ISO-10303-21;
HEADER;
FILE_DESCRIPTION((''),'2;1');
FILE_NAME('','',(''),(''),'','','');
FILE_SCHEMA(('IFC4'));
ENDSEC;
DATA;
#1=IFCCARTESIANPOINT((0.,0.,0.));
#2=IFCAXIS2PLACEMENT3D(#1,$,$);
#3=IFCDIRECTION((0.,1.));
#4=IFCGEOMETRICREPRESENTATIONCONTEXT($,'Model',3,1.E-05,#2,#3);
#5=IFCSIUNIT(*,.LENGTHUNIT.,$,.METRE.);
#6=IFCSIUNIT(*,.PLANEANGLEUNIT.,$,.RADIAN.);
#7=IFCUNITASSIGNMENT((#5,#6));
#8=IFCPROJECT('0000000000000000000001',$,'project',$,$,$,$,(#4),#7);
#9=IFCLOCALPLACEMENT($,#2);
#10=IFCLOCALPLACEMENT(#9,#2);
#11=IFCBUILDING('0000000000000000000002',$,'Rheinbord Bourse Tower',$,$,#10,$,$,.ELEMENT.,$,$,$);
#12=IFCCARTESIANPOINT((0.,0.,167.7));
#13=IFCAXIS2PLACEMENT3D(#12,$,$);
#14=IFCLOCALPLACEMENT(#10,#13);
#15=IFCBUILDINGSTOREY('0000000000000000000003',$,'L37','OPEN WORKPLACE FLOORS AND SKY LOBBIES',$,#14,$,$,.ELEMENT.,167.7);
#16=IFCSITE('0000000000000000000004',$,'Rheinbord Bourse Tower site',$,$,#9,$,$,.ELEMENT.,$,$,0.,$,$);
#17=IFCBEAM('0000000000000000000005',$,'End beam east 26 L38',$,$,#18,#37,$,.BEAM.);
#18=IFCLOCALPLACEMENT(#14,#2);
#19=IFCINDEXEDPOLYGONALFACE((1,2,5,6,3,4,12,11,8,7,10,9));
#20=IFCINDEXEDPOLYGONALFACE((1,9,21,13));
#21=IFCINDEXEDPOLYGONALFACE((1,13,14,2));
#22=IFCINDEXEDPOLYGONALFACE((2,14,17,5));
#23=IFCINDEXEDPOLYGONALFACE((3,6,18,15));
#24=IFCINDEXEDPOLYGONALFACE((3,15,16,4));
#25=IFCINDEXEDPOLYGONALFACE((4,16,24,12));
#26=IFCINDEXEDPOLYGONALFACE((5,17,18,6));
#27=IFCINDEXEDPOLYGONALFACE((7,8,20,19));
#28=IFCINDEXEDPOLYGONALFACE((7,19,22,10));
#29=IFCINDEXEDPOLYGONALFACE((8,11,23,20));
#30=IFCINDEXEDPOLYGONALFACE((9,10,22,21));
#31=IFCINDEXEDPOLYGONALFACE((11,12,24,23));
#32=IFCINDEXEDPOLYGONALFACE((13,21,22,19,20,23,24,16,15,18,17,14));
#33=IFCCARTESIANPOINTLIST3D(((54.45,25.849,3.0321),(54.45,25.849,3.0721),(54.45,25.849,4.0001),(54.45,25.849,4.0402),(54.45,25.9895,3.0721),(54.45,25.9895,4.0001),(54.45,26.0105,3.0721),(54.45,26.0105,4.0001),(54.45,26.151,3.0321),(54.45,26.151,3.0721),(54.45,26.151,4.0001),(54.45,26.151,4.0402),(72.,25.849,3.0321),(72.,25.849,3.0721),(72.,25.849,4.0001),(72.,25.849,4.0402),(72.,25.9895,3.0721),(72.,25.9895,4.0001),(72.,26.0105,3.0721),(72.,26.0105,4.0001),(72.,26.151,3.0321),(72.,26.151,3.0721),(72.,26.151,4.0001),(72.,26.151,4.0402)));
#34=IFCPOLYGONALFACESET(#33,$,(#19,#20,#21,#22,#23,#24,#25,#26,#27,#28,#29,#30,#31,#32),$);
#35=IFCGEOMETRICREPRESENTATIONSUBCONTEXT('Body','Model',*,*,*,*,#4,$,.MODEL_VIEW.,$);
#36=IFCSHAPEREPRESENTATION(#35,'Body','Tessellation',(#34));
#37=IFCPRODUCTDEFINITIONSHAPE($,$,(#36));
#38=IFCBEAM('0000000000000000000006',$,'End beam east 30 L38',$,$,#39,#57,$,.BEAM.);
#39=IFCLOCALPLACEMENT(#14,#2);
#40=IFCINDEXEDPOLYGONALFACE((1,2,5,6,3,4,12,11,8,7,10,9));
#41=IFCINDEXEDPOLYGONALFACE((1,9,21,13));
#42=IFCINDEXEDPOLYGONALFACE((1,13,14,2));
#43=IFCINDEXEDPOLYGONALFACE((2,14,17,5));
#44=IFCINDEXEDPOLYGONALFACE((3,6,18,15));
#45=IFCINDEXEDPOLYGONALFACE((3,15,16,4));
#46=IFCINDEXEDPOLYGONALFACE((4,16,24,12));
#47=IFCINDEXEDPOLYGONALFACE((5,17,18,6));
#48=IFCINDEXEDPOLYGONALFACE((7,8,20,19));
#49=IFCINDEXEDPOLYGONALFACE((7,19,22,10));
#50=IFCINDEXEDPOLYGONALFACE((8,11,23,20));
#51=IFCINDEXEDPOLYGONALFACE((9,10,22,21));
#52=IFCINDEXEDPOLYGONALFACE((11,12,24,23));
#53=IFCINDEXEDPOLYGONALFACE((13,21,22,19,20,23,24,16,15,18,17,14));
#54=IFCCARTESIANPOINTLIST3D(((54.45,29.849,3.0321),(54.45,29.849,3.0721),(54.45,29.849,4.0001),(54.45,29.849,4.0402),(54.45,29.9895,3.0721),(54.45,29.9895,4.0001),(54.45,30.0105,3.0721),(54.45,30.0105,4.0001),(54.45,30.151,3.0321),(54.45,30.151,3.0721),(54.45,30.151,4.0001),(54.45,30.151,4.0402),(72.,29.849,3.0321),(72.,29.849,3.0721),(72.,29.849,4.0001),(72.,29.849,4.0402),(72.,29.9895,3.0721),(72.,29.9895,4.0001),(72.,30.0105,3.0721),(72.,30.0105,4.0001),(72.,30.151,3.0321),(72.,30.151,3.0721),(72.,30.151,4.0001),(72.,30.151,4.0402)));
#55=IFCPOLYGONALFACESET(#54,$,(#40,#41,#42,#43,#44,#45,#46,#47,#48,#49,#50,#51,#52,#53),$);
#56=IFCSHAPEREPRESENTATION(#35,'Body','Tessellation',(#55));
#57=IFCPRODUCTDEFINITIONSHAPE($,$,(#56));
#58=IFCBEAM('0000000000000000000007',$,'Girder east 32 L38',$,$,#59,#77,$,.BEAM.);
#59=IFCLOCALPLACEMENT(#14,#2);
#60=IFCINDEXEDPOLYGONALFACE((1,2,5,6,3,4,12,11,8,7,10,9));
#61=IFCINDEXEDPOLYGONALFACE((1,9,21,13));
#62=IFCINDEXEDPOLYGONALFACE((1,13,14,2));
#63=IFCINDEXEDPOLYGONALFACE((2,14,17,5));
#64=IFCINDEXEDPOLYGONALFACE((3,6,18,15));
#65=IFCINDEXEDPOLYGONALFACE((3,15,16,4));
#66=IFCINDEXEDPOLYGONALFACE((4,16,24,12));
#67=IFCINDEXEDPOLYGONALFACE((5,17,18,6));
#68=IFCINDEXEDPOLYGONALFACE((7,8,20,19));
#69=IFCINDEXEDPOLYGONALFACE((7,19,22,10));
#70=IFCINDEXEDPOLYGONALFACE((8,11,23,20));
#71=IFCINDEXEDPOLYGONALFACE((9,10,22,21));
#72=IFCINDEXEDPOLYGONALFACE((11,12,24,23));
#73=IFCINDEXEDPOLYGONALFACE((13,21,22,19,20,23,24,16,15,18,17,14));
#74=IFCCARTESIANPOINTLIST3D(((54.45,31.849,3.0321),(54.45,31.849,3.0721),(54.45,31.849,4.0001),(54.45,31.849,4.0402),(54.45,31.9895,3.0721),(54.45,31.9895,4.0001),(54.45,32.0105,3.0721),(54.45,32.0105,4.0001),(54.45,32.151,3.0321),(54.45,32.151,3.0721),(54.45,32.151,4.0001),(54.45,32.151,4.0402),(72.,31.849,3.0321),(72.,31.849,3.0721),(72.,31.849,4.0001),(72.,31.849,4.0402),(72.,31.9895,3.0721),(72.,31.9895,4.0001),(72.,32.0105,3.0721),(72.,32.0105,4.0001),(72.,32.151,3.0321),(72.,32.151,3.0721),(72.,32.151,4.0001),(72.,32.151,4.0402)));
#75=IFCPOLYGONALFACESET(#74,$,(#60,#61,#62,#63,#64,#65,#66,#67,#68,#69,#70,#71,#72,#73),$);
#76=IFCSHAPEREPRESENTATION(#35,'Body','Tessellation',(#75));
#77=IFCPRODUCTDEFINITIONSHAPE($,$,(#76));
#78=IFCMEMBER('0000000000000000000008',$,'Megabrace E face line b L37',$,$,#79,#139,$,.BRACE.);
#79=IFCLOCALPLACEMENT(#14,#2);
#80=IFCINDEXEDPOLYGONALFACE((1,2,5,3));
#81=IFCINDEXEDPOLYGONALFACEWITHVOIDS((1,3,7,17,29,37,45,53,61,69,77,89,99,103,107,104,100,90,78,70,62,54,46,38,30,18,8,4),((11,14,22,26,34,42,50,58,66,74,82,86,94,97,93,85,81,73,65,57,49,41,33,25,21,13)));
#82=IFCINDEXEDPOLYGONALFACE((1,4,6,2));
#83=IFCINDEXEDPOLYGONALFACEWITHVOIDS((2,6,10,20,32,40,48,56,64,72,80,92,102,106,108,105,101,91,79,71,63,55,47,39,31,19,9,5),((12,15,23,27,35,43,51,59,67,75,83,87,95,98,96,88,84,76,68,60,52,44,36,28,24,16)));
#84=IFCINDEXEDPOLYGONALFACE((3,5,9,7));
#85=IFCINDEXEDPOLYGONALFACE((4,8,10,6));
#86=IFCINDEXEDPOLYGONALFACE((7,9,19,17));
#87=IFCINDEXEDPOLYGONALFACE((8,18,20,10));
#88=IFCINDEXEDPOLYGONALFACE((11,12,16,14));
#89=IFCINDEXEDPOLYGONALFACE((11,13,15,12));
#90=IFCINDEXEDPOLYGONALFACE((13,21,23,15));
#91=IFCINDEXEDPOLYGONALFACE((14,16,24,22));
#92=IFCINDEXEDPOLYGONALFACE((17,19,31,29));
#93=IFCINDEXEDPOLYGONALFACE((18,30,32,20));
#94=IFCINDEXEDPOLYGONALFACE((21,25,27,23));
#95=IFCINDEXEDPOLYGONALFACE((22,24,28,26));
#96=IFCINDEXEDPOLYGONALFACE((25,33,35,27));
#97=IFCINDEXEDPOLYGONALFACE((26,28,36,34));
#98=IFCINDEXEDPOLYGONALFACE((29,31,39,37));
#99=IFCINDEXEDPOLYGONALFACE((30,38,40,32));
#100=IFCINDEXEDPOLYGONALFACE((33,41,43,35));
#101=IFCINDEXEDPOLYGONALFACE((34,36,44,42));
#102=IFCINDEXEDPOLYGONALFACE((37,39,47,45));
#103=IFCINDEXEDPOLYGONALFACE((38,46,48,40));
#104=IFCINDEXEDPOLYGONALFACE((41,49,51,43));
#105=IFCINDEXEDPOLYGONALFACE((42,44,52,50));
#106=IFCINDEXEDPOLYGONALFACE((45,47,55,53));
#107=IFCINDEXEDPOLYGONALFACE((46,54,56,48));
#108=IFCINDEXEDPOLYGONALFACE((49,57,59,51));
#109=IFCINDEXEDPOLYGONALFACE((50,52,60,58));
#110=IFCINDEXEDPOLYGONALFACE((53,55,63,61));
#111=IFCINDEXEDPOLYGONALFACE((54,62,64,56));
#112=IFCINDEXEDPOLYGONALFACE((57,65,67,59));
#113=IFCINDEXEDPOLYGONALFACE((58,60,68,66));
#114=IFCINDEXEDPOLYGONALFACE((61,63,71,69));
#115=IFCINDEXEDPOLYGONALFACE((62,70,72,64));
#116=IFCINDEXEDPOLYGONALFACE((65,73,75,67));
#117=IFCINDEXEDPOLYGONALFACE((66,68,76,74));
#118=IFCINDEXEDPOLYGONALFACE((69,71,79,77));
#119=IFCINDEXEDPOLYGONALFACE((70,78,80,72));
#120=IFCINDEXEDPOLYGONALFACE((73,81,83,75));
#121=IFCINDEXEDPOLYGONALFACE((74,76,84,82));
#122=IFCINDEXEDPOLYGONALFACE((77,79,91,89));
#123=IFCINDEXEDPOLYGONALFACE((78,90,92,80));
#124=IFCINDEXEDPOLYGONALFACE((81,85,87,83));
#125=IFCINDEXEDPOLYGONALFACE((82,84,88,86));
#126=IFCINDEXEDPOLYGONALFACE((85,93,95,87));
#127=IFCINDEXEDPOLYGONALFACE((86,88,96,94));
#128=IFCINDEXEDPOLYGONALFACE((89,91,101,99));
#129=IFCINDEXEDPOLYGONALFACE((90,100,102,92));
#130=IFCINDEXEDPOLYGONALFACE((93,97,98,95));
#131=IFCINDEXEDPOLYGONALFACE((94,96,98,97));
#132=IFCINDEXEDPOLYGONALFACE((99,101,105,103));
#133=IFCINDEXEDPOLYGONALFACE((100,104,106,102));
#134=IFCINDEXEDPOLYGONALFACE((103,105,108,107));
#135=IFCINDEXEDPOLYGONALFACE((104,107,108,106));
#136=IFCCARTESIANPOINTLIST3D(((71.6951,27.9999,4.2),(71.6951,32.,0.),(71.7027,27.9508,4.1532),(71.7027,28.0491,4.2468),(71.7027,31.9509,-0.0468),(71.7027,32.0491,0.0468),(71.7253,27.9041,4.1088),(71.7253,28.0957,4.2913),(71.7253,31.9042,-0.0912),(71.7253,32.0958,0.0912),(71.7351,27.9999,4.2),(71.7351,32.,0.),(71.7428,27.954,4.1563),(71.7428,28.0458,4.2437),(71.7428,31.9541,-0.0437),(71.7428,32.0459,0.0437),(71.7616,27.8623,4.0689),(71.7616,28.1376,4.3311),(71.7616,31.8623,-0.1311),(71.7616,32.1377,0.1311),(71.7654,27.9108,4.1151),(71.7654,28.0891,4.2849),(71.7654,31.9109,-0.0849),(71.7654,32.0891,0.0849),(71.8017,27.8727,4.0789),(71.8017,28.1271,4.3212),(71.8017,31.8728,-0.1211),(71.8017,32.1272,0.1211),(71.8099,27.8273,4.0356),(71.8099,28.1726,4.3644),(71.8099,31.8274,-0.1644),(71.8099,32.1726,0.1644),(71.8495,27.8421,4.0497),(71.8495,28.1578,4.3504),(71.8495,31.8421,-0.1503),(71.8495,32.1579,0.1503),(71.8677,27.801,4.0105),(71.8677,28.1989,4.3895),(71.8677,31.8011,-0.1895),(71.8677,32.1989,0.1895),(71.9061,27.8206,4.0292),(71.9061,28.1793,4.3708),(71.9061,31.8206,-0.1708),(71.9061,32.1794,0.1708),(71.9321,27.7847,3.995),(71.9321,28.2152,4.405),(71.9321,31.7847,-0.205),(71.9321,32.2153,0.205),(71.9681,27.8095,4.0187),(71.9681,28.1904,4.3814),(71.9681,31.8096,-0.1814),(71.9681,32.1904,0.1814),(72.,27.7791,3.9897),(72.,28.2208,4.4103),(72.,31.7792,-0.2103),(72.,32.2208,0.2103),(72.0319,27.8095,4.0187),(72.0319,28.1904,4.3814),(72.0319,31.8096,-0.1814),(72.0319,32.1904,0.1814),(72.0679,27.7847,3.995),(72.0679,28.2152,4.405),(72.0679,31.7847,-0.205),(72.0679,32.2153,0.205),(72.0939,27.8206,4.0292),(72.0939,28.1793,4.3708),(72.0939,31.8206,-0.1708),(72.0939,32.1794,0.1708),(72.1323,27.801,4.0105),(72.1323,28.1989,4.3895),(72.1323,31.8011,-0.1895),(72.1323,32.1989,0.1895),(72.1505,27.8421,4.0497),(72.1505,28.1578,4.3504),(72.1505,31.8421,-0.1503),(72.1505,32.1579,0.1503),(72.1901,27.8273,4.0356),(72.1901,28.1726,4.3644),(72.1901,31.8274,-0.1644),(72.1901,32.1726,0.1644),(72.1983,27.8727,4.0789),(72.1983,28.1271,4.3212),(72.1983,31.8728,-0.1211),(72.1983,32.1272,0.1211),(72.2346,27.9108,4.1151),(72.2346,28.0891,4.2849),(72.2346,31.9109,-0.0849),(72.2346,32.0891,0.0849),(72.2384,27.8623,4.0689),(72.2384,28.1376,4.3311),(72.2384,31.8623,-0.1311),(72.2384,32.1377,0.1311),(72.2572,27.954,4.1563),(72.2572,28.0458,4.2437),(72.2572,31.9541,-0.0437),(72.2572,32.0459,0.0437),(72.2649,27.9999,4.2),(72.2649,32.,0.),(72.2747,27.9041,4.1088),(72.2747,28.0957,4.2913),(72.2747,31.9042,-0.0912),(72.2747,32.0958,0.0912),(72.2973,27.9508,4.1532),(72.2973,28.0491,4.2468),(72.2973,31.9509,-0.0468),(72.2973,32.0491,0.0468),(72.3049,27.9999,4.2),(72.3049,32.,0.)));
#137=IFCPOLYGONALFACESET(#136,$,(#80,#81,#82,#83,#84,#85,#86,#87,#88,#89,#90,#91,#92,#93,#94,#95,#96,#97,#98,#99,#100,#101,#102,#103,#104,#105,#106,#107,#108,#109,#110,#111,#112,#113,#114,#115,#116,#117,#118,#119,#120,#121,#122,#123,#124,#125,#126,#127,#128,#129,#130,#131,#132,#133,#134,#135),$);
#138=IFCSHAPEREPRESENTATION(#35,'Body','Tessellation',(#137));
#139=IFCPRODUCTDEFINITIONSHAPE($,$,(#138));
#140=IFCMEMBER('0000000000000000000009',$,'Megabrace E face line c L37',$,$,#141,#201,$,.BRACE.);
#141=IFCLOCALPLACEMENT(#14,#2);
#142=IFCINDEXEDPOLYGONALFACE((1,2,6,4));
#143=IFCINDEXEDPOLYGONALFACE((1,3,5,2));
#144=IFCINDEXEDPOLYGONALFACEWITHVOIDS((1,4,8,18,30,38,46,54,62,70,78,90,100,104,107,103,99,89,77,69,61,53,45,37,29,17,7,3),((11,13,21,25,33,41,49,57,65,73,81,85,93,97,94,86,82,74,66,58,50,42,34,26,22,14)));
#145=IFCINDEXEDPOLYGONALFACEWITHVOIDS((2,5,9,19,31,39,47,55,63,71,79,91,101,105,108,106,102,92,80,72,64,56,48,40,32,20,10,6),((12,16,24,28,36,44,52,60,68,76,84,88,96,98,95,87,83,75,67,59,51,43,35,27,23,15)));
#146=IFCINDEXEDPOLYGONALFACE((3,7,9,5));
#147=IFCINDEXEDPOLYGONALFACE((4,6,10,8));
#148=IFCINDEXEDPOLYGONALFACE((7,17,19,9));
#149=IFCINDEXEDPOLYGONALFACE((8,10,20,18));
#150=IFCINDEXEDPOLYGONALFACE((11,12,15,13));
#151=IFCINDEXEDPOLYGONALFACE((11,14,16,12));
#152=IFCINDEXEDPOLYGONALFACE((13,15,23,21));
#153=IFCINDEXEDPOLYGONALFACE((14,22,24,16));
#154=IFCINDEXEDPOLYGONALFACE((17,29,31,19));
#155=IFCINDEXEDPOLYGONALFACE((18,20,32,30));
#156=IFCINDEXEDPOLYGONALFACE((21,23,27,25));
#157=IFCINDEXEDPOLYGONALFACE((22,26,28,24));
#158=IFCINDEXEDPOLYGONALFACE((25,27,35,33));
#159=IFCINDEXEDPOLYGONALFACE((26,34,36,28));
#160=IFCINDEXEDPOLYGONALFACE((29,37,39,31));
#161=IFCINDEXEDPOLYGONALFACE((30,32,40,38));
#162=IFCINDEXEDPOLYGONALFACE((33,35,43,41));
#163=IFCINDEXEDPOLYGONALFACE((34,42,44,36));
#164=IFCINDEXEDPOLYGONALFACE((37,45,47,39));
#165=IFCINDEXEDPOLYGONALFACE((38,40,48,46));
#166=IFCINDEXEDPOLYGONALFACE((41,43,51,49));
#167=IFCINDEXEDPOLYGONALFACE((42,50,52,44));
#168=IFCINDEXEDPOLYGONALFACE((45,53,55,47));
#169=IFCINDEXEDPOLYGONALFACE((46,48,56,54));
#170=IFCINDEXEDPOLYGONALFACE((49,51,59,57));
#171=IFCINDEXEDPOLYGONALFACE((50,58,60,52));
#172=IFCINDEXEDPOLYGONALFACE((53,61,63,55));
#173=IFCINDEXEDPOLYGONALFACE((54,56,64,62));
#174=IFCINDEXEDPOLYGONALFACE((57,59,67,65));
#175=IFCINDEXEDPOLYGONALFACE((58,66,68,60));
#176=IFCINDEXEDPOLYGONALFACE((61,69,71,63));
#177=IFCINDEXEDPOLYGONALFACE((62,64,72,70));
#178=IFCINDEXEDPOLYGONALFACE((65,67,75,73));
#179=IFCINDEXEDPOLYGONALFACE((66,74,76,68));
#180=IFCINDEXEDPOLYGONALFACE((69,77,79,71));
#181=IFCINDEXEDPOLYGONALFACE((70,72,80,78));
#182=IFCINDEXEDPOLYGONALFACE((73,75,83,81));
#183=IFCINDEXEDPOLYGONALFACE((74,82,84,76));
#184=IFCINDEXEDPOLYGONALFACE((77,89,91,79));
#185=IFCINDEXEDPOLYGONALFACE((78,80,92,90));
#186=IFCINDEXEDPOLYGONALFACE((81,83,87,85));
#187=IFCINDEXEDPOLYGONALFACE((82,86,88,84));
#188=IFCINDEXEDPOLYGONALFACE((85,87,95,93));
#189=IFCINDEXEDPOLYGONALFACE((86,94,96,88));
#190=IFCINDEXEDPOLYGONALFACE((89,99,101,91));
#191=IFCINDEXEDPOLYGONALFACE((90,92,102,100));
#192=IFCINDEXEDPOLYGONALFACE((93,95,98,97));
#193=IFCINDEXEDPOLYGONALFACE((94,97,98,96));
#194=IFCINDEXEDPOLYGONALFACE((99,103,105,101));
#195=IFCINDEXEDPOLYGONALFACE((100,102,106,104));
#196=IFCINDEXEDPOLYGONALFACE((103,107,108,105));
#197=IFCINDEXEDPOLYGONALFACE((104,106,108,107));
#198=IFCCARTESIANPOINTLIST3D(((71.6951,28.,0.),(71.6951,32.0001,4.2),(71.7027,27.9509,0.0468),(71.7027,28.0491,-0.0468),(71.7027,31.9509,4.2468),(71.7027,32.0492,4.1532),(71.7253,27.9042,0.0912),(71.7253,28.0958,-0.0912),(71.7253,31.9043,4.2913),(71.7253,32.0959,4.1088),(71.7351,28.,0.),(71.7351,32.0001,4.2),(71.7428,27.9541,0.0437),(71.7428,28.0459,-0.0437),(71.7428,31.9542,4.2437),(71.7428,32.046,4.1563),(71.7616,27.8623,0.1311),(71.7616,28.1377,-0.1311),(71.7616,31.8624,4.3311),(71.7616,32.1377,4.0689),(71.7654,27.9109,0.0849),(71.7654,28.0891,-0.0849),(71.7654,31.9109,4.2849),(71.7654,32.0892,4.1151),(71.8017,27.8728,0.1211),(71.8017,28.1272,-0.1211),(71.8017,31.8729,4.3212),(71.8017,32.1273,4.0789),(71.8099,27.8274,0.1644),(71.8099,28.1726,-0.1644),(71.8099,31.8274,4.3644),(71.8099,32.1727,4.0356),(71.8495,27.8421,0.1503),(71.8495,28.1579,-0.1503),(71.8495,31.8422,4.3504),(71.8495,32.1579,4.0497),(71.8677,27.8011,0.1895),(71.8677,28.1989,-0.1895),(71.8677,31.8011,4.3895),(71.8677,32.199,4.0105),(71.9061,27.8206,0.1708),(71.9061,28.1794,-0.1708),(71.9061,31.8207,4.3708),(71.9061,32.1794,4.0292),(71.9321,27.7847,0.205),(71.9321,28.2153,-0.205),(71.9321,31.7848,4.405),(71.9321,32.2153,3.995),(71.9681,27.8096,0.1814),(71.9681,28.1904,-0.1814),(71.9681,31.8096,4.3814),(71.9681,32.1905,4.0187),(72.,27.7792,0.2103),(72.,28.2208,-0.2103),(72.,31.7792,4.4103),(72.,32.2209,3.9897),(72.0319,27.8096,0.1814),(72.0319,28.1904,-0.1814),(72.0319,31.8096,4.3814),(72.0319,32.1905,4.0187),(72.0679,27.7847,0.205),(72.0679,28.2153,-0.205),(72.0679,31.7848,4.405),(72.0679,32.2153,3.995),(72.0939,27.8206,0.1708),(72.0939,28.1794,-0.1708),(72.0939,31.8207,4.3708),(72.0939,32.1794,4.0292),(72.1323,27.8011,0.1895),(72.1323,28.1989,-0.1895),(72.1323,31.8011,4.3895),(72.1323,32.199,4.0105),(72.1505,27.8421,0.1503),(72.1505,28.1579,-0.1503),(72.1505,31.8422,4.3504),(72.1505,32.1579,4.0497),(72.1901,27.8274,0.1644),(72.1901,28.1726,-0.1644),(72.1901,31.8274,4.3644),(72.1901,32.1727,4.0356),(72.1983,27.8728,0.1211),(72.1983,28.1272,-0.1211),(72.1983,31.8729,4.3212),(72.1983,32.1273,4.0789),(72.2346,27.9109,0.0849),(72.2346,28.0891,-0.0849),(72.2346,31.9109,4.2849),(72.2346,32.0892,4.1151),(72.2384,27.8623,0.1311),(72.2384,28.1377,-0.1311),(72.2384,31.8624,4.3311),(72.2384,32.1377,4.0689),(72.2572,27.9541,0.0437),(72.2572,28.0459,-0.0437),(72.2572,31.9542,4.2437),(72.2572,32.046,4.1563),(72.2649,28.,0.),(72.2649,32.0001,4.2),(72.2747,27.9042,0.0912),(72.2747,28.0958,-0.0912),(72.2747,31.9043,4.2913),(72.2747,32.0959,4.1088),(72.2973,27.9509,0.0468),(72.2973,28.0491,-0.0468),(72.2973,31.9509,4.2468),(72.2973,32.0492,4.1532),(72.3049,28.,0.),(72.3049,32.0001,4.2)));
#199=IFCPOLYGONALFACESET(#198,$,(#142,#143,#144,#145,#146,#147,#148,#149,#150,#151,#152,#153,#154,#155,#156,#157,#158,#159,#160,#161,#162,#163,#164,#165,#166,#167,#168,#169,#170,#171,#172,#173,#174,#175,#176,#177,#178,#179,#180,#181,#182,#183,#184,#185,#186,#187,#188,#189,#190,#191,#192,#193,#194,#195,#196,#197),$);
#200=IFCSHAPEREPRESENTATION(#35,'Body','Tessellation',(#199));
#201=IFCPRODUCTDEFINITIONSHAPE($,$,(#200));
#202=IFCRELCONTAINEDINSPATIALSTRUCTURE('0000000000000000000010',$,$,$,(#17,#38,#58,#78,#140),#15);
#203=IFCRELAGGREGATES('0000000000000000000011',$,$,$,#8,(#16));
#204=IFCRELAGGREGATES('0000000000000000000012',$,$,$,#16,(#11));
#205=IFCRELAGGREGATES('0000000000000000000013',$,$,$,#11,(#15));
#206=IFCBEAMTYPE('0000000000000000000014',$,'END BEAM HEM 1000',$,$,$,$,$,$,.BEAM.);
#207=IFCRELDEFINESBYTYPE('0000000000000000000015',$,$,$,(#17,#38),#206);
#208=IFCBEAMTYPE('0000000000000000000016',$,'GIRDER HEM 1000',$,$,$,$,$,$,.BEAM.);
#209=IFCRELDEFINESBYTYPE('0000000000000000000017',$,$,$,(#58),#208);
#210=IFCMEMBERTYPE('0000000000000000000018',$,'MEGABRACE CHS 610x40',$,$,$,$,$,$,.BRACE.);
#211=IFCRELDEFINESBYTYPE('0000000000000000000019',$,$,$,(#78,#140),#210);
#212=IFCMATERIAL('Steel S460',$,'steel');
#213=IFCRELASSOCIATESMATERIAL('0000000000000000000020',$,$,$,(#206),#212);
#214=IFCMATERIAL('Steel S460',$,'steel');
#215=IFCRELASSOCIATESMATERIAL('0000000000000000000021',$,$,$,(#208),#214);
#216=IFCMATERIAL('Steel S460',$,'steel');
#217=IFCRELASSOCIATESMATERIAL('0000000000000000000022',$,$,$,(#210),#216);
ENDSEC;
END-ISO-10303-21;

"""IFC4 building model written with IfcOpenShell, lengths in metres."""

from ifc_helpers import new_model, si_unit, direction, frame, origin, origin_2d, place, context, subcontext, project, spatial, hollow_circle, i_section, extrude, material, material_profile, profile_set, type_object, element, save


model = new_model("IFC4")

# Units and contexts
model_context = context("Model", 3, precision=1e-05, world=origin(), true_north=direction((0.0, 1.0)))
body_context = subcontext(model_context, "Body", "Model", "MODEL_VIEW")
ifc_project = project(units=[si_unit("LENGTHUNIT", "METRE"), si_unit("PLANEANGLEUNIT", "RADIAN")], contexts=[model_context])

# Site, building, storey
site_placement = place(None, origin())
site = spatial("IfcSite", under=ifc_project, at=site_placement, Name="Rheinbord Bourse Tower site", CompositionType="ELEMENT", RefElevation=0.0)
building_placement = place(site_placement, origin())
building = spatial("IfcBuilding", under=site, at=building_placement, Name="Rheinbord Bourse Tower", CompositionType="ELEMENT")
storey_placement = place(building_placement, frame((0.0, 0.0, 167.7)))
storey = spatial("IfcBuildingStorey", under=building, at=storey_placement, Name="L37", Description="OPEN WORKPLACE FLOORS AND SKY LOBBIES", CompositionType="ELEMENT", Elevation=167.7)

# Beams
ifc_material_1 = material(Name="Steel S460", Category="steel")
ifc_material_profile_1 = material_profile(ifc_material_1, i_section(OverallWidth=0.302, OverallDepth=1.0081, WebThickness=0.021, FlangeThickness=0.04, at=origin_2d()), Name="HEM 1000")
ifc_profile_set_1 = profile_set([ifc_material_profile_1], Name="Steel S460")
beam_type_1 = type_object("IfcBeamType", Name="END BEAM HEM 1000", PredefinedType="BEAM", material=ifc_profile_set_1)
for number, where, z_axis, x_axis, name in (
    (1, (54.45, 26.0, 3.5361), (1.0, 0.0, 0.0), (0.0, 1.0, 0.0), "End beam east 26 L38"),
    (2, (54.45, 30.0, 3.5361), (1.0, 0.0, 0.0), (0.0, 1.0, 0.0), "End beam east 30 L38"),
):
    element("IfcBeam", number, at=place(storey_placement, frame(where, z_axis=z_axis, x_axis=x_axis)), inside=storey, type_object=beam_type_1, Name=name, PredefinedType="BEAM", context=body_context, shape_type="SweptSolid", body=[
        extrude(i_section(OverallWidth=0.302, OverallDepth=1.0081, WebThickness=0.021, FlangeThickness=0.04, at=origin_2d()), origin(), (0.0, 0.0, 1.0), 17.55),
    ])
ifc_material_2 = material(Name="Steel S460", Category="steel")
ifc_material_profile_2 = material_profile(ifc_material_2, i_section(OverallWidth=0.302, OverallDepth=1.0081, WebThickness=0.021, FlangeThickness=0.04, at=origin_2d()), Name="HEM 1000")
ifc_profile_set_2 = profile_set([ifc_material_profile_2], Name="Steel S460")
beam_type_2 = type_object("IfcBeamType", Name="GIRDER HEM 1000", PredefinedType="BEAM", material=ifc_profile_set_2)
beam_1_placement = place(storey_placement, frame((54.45, 32.0, 3.5361), z_axis=(1.0, 0.0, 0.0), x_axis=(0.0, 1.0, 0.0)))
element("IfcBeam", 3, at=beam_1_placement, inside=storey, type_object=beam_type_2, Name="Girder east 32 L38", PredefinedType="BEAM", context=body_context, shape_type="SweptSolid", body=[
    extrude(i_section(OverallWidth=0.302, OverallDepth=1.0081, WebThickness=0.021, FlangeThickness=0.04, at=origin_2d()), origin(), (0.0, 0.0, 1.0), 17.55),
])

# Members
ifc_material_3 = material(Name="Steel S460", Category="steel")
ifc_material_profile_3 = material_profile(ifc_material_3, hollow_circle(Radius=0.3049, WallThickness=0.04, at=origin_2d()), Name="CHS 610x40")
ifc_profile_set_3 = profile_set([ifc_material_profile_3], Name="Steel S460")
member_type_1 = type_object("IfcMemberType", Name="MEGABRACE CHS 610x40", PredefinedType="BRACE", material=ifc_profile_set_3)
for number, where, z_axis, x_axis, name in (
    (4, (72.0, 32.0, 0.0), (0.0, -0.689659, 0.724134), (1.0, 0.0, 0.0), "Megabrace E face line b L37"),
    (5, (72.0, 28.0, 0.0), (0.0, 0.689659, 0.724134), (-1.0, 0.0, 0.0), "Megabrace E face line c L37"),
):
    element("IfcMember", number, at=place(storey_placement, frame(where, z_axis=z_axis, x_axis=x_axis)), inside=storey, type_object=member_type_1, Name=name, PredefinedType="BRACE", context=body_context, shape_type="SweptSolid", body=[
        extrude(hollow_circle(Radius=0.3049, WallThickness=0.04, at=origin_2d()), origin(), (0.0, 0.0, 1.0), 5.8),
    ])

save(model, "model.ifc")
